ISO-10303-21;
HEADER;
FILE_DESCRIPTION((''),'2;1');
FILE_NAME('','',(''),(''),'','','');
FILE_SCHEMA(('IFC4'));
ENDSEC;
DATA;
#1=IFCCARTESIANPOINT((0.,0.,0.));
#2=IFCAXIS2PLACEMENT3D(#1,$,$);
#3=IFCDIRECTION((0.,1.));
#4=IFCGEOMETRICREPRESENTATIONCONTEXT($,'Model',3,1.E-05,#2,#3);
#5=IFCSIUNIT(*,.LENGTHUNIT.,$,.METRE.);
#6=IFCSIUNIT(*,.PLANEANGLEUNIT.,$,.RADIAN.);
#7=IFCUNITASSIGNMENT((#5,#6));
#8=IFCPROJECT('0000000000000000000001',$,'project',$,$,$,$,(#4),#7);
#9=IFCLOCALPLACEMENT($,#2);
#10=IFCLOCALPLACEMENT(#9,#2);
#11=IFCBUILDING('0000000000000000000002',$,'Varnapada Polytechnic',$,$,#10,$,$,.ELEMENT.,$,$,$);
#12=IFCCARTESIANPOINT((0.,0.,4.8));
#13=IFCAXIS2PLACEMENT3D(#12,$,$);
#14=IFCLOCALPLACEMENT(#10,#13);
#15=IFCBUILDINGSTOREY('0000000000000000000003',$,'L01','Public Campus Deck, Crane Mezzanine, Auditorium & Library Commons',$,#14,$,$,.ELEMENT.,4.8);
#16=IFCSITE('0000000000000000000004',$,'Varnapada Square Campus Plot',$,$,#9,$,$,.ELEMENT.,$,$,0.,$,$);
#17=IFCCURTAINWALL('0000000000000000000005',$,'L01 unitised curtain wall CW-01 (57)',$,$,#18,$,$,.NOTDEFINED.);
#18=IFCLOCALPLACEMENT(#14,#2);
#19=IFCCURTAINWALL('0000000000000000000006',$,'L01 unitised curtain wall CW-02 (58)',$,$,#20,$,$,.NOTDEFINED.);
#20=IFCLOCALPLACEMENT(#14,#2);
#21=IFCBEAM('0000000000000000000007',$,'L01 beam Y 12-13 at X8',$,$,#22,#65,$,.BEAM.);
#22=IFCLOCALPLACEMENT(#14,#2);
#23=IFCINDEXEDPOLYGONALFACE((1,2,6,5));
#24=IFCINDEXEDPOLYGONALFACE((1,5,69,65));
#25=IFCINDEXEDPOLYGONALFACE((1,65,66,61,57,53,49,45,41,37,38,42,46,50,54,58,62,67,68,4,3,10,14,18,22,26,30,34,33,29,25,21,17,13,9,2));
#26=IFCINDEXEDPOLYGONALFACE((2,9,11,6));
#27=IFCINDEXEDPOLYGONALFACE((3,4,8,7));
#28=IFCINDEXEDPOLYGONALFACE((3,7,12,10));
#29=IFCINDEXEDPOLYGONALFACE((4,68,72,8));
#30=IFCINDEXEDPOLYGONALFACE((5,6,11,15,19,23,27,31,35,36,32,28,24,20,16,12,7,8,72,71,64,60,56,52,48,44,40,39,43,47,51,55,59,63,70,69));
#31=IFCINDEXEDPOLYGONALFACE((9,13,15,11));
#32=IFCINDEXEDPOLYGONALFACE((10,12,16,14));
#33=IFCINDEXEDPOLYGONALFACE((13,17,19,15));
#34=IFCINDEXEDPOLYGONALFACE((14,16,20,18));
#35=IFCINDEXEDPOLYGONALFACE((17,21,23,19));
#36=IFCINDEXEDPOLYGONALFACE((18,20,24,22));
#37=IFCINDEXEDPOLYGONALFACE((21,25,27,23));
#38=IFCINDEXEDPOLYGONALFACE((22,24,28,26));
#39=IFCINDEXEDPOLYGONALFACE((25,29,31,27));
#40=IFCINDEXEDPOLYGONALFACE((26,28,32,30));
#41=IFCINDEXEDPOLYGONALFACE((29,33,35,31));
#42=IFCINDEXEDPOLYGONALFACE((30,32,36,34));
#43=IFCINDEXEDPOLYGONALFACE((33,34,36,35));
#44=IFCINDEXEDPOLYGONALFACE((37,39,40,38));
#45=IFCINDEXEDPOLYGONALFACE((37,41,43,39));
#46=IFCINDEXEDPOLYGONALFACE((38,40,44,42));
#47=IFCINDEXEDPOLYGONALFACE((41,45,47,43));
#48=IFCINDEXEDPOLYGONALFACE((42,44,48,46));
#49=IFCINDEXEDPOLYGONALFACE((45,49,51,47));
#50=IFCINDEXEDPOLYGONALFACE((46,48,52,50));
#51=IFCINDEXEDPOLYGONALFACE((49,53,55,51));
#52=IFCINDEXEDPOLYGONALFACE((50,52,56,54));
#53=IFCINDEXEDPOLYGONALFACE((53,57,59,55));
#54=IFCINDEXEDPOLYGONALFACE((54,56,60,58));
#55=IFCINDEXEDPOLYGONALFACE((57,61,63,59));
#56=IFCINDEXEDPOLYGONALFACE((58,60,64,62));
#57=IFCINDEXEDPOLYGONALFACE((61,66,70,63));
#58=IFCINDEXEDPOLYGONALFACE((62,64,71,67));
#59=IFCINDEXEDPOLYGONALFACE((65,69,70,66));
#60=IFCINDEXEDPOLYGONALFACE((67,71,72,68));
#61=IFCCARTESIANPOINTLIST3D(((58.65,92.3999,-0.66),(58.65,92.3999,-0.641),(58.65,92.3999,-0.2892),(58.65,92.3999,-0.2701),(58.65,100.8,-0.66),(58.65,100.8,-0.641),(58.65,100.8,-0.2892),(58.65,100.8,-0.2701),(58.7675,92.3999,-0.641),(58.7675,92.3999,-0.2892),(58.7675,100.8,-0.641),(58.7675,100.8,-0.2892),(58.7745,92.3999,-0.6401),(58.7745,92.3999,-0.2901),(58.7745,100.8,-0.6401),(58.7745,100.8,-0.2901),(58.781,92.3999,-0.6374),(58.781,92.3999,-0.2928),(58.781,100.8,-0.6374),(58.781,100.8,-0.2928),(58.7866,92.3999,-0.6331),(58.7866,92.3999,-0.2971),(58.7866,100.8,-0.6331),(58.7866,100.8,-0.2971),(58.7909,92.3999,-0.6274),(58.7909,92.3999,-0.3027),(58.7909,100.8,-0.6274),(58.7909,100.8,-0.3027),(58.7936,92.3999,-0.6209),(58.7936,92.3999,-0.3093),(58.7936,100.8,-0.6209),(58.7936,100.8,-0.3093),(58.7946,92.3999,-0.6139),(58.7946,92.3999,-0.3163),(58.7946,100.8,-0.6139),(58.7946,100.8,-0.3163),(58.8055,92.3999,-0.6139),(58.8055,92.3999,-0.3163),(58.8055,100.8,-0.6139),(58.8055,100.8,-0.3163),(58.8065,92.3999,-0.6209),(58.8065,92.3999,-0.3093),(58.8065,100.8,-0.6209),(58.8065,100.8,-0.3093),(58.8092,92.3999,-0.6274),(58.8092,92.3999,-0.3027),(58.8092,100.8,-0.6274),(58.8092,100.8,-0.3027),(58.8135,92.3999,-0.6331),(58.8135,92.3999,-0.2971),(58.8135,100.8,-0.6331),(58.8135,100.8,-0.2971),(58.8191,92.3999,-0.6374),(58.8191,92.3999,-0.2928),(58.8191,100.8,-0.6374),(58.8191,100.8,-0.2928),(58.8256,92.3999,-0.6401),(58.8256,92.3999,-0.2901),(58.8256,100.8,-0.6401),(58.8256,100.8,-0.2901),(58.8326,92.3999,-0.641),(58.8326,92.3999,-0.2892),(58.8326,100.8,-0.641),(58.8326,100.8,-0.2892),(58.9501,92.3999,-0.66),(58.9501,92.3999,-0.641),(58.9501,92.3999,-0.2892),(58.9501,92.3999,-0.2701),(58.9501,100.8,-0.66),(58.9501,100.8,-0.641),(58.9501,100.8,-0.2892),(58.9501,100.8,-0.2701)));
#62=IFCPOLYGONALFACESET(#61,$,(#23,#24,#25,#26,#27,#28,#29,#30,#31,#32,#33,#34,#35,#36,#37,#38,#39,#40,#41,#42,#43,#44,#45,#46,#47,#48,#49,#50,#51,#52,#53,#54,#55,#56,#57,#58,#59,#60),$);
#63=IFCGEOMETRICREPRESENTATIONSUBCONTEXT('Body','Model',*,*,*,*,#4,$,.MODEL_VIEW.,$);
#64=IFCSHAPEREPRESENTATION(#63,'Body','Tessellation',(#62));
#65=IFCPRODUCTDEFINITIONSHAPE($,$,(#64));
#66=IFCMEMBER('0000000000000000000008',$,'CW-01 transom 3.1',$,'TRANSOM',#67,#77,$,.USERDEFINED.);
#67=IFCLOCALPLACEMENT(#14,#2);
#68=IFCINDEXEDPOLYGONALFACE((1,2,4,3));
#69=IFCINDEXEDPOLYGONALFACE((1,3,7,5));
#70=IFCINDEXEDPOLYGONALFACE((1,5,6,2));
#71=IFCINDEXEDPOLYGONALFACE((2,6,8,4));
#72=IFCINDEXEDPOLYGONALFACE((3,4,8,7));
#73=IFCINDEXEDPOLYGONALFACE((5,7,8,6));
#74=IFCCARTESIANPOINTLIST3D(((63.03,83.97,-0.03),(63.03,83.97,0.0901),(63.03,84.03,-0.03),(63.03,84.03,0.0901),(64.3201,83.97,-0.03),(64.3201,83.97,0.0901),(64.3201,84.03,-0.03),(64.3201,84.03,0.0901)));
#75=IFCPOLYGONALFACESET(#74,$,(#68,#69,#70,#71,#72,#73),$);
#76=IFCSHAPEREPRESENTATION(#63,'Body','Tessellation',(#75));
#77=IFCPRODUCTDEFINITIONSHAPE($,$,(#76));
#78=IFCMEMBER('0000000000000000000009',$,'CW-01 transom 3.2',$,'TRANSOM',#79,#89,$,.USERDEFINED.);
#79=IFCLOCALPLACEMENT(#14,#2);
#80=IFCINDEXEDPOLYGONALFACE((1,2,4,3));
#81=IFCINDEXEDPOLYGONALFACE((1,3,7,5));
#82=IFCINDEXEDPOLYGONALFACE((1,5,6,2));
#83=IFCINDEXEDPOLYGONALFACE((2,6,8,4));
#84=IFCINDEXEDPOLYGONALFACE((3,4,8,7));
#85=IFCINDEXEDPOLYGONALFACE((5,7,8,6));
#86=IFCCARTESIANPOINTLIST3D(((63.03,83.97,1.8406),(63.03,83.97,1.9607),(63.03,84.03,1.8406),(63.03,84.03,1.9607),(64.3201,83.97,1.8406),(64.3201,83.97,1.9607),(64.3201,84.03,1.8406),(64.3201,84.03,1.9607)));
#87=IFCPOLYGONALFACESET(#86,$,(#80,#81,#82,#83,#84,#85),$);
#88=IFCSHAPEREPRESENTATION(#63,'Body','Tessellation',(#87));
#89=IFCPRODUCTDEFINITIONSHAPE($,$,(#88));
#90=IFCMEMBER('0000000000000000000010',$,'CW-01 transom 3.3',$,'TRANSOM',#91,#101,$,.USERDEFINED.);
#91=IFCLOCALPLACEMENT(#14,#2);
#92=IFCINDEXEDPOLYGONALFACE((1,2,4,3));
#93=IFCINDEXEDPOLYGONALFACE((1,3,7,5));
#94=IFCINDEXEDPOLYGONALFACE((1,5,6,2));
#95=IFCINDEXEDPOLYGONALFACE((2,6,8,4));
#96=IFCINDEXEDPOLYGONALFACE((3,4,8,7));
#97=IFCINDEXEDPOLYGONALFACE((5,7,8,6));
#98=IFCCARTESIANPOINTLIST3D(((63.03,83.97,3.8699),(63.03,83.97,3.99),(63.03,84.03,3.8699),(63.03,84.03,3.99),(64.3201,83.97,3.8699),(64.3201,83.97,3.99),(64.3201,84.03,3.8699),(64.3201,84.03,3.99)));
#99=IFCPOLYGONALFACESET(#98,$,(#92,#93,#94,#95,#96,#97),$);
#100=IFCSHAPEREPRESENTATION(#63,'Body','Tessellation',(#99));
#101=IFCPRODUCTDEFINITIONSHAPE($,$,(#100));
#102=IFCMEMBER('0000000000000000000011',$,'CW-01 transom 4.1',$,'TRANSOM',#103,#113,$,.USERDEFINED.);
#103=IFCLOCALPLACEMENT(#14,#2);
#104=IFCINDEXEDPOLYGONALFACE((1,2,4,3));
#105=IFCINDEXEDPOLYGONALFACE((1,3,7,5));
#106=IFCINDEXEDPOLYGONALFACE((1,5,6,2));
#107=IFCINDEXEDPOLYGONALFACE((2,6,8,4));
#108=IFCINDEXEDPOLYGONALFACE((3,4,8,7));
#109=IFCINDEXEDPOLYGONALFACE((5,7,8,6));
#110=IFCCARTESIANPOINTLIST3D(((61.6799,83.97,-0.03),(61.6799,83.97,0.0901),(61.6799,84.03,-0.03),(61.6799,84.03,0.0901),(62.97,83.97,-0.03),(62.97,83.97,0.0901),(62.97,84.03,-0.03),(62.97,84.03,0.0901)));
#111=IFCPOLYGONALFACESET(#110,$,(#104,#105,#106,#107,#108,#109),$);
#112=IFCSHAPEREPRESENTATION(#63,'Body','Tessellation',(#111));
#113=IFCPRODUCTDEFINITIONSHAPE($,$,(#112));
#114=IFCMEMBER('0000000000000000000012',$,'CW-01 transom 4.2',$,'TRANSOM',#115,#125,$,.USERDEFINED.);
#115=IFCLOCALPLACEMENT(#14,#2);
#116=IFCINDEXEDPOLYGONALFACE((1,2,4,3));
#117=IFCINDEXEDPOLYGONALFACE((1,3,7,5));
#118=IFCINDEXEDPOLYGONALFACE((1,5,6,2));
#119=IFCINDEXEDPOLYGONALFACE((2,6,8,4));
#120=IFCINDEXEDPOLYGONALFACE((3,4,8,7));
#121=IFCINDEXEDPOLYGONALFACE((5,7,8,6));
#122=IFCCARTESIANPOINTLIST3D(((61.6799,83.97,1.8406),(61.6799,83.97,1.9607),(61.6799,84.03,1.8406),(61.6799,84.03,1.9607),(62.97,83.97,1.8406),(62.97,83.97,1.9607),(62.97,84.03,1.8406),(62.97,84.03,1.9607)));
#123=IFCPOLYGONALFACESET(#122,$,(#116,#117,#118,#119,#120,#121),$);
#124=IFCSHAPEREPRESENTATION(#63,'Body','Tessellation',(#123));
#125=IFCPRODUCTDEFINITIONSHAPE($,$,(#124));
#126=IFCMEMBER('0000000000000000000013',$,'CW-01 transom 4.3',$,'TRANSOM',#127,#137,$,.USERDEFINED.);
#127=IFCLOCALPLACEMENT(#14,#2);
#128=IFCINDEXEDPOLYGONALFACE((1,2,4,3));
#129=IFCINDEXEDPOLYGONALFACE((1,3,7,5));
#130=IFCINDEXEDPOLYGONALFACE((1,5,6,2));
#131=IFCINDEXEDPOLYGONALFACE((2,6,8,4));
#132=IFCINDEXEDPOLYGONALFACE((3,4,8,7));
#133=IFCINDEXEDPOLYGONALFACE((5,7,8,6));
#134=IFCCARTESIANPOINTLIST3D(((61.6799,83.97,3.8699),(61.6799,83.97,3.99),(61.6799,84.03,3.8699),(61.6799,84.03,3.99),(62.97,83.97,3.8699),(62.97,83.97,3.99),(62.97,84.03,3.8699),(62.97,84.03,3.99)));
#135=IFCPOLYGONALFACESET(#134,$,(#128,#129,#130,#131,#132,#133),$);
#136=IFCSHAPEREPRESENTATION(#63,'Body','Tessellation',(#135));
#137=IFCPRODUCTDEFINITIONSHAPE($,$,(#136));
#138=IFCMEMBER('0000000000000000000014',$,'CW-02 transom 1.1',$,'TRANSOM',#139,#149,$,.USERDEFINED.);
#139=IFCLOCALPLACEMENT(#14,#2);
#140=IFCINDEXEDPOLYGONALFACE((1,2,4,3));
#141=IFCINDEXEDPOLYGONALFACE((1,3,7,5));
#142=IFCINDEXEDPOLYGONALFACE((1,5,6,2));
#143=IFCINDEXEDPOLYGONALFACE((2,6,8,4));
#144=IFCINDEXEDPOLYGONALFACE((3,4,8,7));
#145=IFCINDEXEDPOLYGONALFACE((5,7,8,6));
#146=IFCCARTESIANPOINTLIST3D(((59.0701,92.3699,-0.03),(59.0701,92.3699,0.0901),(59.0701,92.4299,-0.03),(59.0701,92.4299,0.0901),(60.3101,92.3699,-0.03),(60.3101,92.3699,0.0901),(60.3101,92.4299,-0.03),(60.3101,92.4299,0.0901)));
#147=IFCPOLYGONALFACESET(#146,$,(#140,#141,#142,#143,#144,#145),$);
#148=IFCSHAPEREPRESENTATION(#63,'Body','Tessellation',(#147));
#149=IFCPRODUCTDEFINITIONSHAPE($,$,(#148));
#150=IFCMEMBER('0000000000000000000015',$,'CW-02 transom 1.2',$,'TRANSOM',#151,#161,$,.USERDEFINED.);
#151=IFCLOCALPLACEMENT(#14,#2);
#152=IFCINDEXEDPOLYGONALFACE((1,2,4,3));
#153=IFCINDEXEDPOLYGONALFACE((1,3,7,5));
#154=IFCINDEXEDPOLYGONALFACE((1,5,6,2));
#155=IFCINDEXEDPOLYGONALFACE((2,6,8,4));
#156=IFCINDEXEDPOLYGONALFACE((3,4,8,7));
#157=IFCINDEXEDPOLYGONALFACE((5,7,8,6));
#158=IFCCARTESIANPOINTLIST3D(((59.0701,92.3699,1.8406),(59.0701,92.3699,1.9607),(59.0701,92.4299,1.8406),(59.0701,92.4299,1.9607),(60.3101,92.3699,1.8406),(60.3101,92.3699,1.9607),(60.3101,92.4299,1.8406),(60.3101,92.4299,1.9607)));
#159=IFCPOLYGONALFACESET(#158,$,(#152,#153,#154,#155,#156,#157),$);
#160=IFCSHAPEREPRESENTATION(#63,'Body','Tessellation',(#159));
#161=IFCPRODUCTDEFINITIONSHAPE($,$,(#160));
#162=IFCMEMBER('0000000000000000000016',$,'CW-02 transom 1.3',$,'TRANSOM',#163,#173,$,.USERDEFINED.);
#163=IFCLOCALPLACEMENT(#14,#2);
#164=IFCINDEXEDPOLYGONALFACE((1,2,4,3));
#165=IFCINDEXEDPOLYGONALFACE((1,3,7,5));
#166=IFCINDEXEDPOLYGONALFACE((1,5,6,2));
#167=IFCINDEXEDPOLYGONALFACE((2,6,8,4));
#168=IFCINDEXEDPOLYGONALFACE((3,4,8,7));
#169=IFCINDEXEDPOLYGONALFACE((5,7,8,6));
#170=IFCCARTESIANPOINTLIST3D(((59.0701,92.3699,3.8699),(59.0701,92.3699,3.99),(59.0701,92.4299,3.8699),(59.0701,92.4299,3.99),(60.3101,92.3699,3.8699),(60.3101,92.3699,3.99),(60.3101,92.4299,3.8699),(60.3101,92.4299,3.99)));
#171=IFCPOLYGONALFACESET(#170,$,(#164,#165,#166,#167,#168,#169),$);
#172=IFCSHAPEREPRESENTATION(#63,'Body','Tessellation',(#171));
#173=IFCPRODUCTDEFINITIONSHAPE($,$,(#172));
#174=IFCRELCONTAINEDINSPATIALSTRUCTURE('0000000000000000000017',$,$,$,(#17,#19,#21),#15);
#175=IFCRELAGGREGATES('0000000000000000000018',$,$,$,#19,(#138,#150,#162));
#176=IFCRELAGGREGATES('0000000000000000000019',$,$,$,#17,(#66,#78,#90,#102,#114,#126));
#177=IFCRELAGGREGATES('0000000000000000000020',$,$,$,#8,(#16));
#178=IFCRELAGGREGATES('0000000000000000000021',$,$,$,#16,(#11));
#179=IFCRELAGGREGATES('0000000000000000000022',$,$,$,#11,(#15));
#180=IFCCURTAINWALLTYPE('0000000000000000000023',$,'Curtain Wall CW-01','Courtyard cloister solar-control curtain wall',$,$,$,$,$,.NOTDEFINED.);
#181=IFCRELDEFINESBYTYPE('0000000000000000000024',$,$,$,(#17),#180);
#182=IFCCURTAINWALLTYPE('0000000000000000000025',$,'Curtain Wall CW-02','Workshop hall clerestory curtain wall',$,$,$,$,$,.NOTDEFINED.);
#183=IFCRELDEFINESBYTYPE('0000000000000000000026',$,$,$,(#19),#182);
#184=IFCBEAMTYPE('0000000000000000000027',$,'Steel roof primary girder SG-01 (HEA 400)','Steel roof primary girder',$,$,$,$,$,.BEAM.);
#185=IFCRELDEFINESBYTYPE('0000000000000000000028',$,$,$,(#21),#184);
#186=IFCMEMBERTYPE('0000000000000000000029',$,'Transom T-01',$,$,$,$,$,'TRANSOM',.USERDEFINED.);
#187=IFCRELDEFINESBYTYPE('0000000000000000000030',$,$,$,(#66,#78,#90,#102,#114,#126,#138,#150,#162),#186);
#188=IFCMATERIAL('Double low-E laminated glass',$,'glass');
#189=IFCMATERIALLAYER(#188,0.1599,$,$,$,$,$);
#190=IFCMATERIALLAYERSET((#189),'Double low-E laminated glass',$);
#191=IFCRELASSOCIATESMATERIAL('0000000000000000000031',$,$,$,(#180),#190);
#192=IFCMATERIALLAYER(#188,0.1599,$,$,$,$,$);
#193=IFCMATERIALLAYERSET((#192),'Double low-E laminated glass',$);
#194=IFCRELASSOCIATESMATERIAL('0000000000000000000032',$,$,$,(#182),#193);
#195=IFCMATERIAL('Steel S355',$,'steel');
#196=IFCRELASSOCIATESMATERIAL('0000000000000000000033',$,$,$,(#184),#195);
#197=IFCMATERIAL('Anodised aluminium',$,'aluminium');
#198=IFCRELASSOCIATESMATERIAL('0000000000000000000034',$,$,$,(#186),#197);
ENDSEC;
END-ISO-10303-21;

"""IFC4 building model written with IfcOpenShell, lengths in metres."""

from ifc_helpers import new_model, si_unit, direction, frame, origin, origin_2d, place, context, subcontext, project, spatial, rectangle, i_section, extrude, material, layer, layer_set, material_profile, profile_set, type_object, element, aggregate, save


model = new_model("IFC4")

# Units and contexts
model_context = context("Model", 3, precision=1e-05, world=origin(), true_north=direction((0.0, 1.0)))
body_context = subcontext(model_context, "Body", "Model", "MODEL_VIEW")
ifc_project = project(units=[si_unit("LENGTHUNIT", "METRE"), si_unit("PLANEANGLEUNIT", "RADIAN")], contexts=[model_context])

# Site, building, storey
site_placement = place(None, origin())
site = spatial("IfcSite", under=ifc_project, at=site_placement, Name="Varnapada Square Campus Plot", CompositionType="ELEMENT", RefElevation=0.0)
building_placement = place(site_placement, origin())
building = spatial("IfcBuilding", under=site, at=building_placement, Name="Varnapada Polytechnic", CompositionType="ELEMENT")
storey_placement = place(building_placement, frame((0.0, 0.0, 4.8)))
storey = spatial("IfcBuildingStorey", under=building, at=storey_placement, Name="L01", Description="Public Campus Deck, Crane Mezzanine, Auditorium & Library Commons", CompositionType="ELEMENT", Elevation=4.8)

# Shared definitions
ifc_material_1 = material(Name="Steel S355", Category="steel")

# Curtain wall
ifc_material_2 = material(Name="Double low-E laminated glass", Category="glass")
ifc_layer_1 = layer(ifc_material_2, 0.1599)
ifc_layer_set_1 = layer_set([ifc_layer_1], Name="Double low-E laminated glass")
curtain_wall_type_1 = type_object("IfcCurtainWallType", Name="Curtain Wall CW-01", Description="Courtyard cloister solar-control curtain wall", PredefinedType="NOTDEFINED", material=ifc_layer_set_1)
curtain_wall_1_placement = place(storey_placement, origin())
curtain_wall_1 = element("IfcCurtainWall", 1, at=curtain_wall_1_placement, inside=storey, type_object=curtain_wall_type_1, Name="L01 unitised curtain wall CW-01 (57)", PredefinedType="NOTDEFINED")
ifc_material_3 = material(Name="Anodised aluminium", Category="aluminium")

# Curtain wall
ifc_layer_2 = layer(ifc_material_2, 0.1599)
ifc_layer_set_2 = layer_set([ifc_layer_2], Name="Double low-E laminated glass")
curtain_wall_type_2 = type_object("IfcCurtainWallType", Name="Curtain Wall CW-02", Description="Workshop hall clerestory curtain wall", PredefinedType="NOTDEFINED", material=ifc_layer_set_2)
curtain_wall_2_placement = place(storey_placement, origin())
curtain_wall_2 = element("IfcCurtainWall", 2, at=curtain_wall_2_placement, inside=storey, type_object=curtain_wall_type_2, Name="L01 unitised curtain wall CW-02 (58)", PredefinedType="NOTDEFINED")

# Beam
ifc_material_profile_1 = material_profile(ifc_material_1, i_section(OverallWidth=0.3, OverallDepth=0.3899, WebThickness=0.011, FlangeThickness=0.019, FilletRadius=0.0271, at=origin_2d()), Name="HEA 400")
ifc_profile_set_1 = profile_set([ifc_material_profile_1], Name="Steel S355")
beam_type_1 = type_object("IfcBeamType", Name="Steel roof primary girder SG-01 (HEA 400)", Description="Steel roof primary girder", PredefinedType="BEAM", material=ifc_profile_set_1)
beam_1_placement = place(storey_placement, frame((58.8, 92.3999, -0.4651), z_axis=(0.0, 1.0, 0.0), x_axis=(-1.0, 0.0, 0.0)))
element("IfcBeam", 3, at=beam_1_placement, inside=storey, type_object=beam_type_1, Name="L01 beam Y 12-13 at X8", PredefinedType="BEAM", context=body_context, shape_type="SweptSolid", body=[
    extrude(i_section(OverallWidth=0.3, OverallDepth=0.3899, WebThickness=0.011, FlangeThickness=0.019, FilletRadius=0.0271, at=origin_2d()), origin(), (0.0, 0.0, 1.0), 8.4001),
])

# Members
ifc_material_profile_2 = material_profile(ifc_material_3, rectangle(XDim=0.0601, YDim=0.1201, at=origin_2d()), Name="ALU T60x120")
ifc_profile_set_2 = profile_set([ifc_material_profile_2], Name="Anodised aluminium")
member_type_1 = type_object("IfcMemberType", Name="Transom T-01", ElementType="TRANSOM", PredefinedType="USERDEFINED", material=ifc_profile_set_2)
member_1_placement = place(storey_placement, frame((64.3201, 84.0, 0.03), z_axis=(-1.0, 0.0, 0.0), x_axis=(0.0, -1.0, 0.0)))
member_1 = element("IfcMember", 4, at=member_1_placement, type_object=member_type_1, Name="CW-01 transom 3.1", ObjectType="TRANSOM", PredefinedType="USERDEFINED", context=body_context, shape_type="SweptSolid", body=[
    extrude(rectangle(XDim=0.0601, YDim=0.1201, at=origin_2d()), origin(), (0.0, 0.0, 1.0), 1.29),
])
member_2_placement = place(storey_placement, frame((64.3201, 84.0, 1.9006), z_axis=(-1.0, 0.0, 0.0), x_axis=(0.0, -1.0, 0.0)))
member_2 = element("IfcMember", 5, at=member_2_placement, type_object=member_type_1, Name="CW-01 transom 3.2", ObjectType="TRANSOM", PredefinedType="USERDEFINED", context=body_context, shape_type="SweptSolid", body=[
    extrude(rectangle(XDim=0.0601, YDim=0.1201, at=origin_2d()), origin(), (0.0, 0.0, 1.0), 1.29),
])
member_3_placement = place(storey_placement, frame((64.3201, 84.0, 3.9299), z_axis=(-1.0, 0.0, 0.0), x_axis=(0.0, -1.0, 0.0)))
member_3 = element("IfcMember", 6, at=member_3_placement, type_object=member_type_1, Name="CW-01 transom 3.3", ObjectType="TRANSOM", PredefinedType="USERDEFINED", context=body_context, shape_type="SweptSolid", body=[
    extrude(rectangle(XDim=0.0601, YDim=0.1201, at=origin_2d()), origin(), (0.0, 0.0, 1.0), 1.29),
])
member_4_placement = place(storey_placement, frame((62.97, 84.0, 0.03), z_axis=(-1.0, 0.0, 0.0), x_axis=(0.0, -1.0, 0.0)))
member_4 = element("IfcMember", 7, at=member_4_placement, type_object=member_type_1, Name="CW-01 transom 4.1", ObjectType="TRANSOM", PredefinedType="USERDEFINED", context=body_context, shape_type="SweptSolid", body=[
    extrude(rectangle(XDim=0.0601, YDim=0.1201, at=origin_2d()), origin(), (0.0, 0.0, 1.0), 1.29),
])
member_5_placement = place(storey_placement, frame((62.97, 84.0, 1.9006), z_axis=(-1.0, 0.0, 0.0), x_axis=(0.0, -1.0, 0.0)))
member_5 = element("IfcMember", 8, at=member_5_placement, type_object=member_type_1, Name="CW-01 transom 4.2", ObjectType="TRANSOM", PredefinedType="USERDEFINED", context=body_context, shape_type="SweptSolid", body=[
    extrude(rectangle(XDim=0.0601, YDim=0.1201, at=origin_2d()), origin(), (0.0, 0.0, 1.0), 1.29),
])
member_6_placement = place(storey_placement, frame((62.97, 84.0, 3.9299), z_axis=(-1.0, 0.0, 0.0), x_axis=(0.0, -1.0, 0.0)))
member_6 = element("IfcMember", 9, at=member_6_placement, type_object=member_type_1, Name="CW-01 transom 4.3", ObjectType="TRANSOM", PredefinedType="USERDEFINED", context=body_context, shape_type="SweptSolid", body=[
    extrude(rectangle(XDim=0.0601, YDim=0.1201, at=origin_2d()), origin(), (0.0, 0.0, 1.0), 1.29),
])
member_7_placement = place(storey_placement, frame((59.0701, 92.3999, 0.03), z_axis=(1.0, 0.0, 0.0), x_axis=(0.0, 1.0, 0.0)))
member_7 = element("IfcMember", 10, at=member_7_placement, type_object=member_type_1, Name="CW-02 transom 1.1", ObjectType="TRANSOM", PredefinedType="USERDEFINED", context=body_context, shape_type="SweptSolid", body=[
    extrude(rectangle(XDim=0.0601, YDim=0.1201, at=origin_2d()), origin(), (0.0, 0.0, 1.0), 1.24),
])
member_8_placement = place(storey_placement, frame((59.0701, 92.3999, 1.9006), z_axis=(1.0, 0.0, 0.0), x_axis=(0.0, 1.0, 0.0)))
member_8 = element("IfcMember", 11, at=member_8_placement, type_object=member_type_1, Name="CW-02 transom 1.2", ObjectType="TRANSOM", PredefinedType="USERDEFINED", context=body_context, shape_type="SweptSolid", body=[
    extrude(rectangle(XDim=0.0601, YDim=0.1201, at=origin_2d()), origin(), (0.0, 0.0, 1.0), 1.24),
])
member_9_placement = place(storey_placement, frame((59.0701, 92.3999, 3.9299), z_axis=(1.0, 0.0, 0.0), x_axis=(0.0, 1.0, 0.0)))
member_9 = element("IfcMember", 12, at=member_9_placement, type_object=member_type_1, Name="CW-02 transom 1.3", ObjectType="TRANSOM", PredefinedType="USERDEFINED", context=body_context, shape_type="SweptSolid", body=[
    extrude(rectangle(XDim=0.0601, YDim=0.1201, at=origin_2d()), origin(), (0.0, 0.0, 1.0), 1.24),
])
aggregate(curtain_wall_2, [member_7, member_8, member_9])

aggregate(curtain_wall_1, [member_1, member_2, member_3, member_4, member_5, member_6])

save(model, "model.ifc")
